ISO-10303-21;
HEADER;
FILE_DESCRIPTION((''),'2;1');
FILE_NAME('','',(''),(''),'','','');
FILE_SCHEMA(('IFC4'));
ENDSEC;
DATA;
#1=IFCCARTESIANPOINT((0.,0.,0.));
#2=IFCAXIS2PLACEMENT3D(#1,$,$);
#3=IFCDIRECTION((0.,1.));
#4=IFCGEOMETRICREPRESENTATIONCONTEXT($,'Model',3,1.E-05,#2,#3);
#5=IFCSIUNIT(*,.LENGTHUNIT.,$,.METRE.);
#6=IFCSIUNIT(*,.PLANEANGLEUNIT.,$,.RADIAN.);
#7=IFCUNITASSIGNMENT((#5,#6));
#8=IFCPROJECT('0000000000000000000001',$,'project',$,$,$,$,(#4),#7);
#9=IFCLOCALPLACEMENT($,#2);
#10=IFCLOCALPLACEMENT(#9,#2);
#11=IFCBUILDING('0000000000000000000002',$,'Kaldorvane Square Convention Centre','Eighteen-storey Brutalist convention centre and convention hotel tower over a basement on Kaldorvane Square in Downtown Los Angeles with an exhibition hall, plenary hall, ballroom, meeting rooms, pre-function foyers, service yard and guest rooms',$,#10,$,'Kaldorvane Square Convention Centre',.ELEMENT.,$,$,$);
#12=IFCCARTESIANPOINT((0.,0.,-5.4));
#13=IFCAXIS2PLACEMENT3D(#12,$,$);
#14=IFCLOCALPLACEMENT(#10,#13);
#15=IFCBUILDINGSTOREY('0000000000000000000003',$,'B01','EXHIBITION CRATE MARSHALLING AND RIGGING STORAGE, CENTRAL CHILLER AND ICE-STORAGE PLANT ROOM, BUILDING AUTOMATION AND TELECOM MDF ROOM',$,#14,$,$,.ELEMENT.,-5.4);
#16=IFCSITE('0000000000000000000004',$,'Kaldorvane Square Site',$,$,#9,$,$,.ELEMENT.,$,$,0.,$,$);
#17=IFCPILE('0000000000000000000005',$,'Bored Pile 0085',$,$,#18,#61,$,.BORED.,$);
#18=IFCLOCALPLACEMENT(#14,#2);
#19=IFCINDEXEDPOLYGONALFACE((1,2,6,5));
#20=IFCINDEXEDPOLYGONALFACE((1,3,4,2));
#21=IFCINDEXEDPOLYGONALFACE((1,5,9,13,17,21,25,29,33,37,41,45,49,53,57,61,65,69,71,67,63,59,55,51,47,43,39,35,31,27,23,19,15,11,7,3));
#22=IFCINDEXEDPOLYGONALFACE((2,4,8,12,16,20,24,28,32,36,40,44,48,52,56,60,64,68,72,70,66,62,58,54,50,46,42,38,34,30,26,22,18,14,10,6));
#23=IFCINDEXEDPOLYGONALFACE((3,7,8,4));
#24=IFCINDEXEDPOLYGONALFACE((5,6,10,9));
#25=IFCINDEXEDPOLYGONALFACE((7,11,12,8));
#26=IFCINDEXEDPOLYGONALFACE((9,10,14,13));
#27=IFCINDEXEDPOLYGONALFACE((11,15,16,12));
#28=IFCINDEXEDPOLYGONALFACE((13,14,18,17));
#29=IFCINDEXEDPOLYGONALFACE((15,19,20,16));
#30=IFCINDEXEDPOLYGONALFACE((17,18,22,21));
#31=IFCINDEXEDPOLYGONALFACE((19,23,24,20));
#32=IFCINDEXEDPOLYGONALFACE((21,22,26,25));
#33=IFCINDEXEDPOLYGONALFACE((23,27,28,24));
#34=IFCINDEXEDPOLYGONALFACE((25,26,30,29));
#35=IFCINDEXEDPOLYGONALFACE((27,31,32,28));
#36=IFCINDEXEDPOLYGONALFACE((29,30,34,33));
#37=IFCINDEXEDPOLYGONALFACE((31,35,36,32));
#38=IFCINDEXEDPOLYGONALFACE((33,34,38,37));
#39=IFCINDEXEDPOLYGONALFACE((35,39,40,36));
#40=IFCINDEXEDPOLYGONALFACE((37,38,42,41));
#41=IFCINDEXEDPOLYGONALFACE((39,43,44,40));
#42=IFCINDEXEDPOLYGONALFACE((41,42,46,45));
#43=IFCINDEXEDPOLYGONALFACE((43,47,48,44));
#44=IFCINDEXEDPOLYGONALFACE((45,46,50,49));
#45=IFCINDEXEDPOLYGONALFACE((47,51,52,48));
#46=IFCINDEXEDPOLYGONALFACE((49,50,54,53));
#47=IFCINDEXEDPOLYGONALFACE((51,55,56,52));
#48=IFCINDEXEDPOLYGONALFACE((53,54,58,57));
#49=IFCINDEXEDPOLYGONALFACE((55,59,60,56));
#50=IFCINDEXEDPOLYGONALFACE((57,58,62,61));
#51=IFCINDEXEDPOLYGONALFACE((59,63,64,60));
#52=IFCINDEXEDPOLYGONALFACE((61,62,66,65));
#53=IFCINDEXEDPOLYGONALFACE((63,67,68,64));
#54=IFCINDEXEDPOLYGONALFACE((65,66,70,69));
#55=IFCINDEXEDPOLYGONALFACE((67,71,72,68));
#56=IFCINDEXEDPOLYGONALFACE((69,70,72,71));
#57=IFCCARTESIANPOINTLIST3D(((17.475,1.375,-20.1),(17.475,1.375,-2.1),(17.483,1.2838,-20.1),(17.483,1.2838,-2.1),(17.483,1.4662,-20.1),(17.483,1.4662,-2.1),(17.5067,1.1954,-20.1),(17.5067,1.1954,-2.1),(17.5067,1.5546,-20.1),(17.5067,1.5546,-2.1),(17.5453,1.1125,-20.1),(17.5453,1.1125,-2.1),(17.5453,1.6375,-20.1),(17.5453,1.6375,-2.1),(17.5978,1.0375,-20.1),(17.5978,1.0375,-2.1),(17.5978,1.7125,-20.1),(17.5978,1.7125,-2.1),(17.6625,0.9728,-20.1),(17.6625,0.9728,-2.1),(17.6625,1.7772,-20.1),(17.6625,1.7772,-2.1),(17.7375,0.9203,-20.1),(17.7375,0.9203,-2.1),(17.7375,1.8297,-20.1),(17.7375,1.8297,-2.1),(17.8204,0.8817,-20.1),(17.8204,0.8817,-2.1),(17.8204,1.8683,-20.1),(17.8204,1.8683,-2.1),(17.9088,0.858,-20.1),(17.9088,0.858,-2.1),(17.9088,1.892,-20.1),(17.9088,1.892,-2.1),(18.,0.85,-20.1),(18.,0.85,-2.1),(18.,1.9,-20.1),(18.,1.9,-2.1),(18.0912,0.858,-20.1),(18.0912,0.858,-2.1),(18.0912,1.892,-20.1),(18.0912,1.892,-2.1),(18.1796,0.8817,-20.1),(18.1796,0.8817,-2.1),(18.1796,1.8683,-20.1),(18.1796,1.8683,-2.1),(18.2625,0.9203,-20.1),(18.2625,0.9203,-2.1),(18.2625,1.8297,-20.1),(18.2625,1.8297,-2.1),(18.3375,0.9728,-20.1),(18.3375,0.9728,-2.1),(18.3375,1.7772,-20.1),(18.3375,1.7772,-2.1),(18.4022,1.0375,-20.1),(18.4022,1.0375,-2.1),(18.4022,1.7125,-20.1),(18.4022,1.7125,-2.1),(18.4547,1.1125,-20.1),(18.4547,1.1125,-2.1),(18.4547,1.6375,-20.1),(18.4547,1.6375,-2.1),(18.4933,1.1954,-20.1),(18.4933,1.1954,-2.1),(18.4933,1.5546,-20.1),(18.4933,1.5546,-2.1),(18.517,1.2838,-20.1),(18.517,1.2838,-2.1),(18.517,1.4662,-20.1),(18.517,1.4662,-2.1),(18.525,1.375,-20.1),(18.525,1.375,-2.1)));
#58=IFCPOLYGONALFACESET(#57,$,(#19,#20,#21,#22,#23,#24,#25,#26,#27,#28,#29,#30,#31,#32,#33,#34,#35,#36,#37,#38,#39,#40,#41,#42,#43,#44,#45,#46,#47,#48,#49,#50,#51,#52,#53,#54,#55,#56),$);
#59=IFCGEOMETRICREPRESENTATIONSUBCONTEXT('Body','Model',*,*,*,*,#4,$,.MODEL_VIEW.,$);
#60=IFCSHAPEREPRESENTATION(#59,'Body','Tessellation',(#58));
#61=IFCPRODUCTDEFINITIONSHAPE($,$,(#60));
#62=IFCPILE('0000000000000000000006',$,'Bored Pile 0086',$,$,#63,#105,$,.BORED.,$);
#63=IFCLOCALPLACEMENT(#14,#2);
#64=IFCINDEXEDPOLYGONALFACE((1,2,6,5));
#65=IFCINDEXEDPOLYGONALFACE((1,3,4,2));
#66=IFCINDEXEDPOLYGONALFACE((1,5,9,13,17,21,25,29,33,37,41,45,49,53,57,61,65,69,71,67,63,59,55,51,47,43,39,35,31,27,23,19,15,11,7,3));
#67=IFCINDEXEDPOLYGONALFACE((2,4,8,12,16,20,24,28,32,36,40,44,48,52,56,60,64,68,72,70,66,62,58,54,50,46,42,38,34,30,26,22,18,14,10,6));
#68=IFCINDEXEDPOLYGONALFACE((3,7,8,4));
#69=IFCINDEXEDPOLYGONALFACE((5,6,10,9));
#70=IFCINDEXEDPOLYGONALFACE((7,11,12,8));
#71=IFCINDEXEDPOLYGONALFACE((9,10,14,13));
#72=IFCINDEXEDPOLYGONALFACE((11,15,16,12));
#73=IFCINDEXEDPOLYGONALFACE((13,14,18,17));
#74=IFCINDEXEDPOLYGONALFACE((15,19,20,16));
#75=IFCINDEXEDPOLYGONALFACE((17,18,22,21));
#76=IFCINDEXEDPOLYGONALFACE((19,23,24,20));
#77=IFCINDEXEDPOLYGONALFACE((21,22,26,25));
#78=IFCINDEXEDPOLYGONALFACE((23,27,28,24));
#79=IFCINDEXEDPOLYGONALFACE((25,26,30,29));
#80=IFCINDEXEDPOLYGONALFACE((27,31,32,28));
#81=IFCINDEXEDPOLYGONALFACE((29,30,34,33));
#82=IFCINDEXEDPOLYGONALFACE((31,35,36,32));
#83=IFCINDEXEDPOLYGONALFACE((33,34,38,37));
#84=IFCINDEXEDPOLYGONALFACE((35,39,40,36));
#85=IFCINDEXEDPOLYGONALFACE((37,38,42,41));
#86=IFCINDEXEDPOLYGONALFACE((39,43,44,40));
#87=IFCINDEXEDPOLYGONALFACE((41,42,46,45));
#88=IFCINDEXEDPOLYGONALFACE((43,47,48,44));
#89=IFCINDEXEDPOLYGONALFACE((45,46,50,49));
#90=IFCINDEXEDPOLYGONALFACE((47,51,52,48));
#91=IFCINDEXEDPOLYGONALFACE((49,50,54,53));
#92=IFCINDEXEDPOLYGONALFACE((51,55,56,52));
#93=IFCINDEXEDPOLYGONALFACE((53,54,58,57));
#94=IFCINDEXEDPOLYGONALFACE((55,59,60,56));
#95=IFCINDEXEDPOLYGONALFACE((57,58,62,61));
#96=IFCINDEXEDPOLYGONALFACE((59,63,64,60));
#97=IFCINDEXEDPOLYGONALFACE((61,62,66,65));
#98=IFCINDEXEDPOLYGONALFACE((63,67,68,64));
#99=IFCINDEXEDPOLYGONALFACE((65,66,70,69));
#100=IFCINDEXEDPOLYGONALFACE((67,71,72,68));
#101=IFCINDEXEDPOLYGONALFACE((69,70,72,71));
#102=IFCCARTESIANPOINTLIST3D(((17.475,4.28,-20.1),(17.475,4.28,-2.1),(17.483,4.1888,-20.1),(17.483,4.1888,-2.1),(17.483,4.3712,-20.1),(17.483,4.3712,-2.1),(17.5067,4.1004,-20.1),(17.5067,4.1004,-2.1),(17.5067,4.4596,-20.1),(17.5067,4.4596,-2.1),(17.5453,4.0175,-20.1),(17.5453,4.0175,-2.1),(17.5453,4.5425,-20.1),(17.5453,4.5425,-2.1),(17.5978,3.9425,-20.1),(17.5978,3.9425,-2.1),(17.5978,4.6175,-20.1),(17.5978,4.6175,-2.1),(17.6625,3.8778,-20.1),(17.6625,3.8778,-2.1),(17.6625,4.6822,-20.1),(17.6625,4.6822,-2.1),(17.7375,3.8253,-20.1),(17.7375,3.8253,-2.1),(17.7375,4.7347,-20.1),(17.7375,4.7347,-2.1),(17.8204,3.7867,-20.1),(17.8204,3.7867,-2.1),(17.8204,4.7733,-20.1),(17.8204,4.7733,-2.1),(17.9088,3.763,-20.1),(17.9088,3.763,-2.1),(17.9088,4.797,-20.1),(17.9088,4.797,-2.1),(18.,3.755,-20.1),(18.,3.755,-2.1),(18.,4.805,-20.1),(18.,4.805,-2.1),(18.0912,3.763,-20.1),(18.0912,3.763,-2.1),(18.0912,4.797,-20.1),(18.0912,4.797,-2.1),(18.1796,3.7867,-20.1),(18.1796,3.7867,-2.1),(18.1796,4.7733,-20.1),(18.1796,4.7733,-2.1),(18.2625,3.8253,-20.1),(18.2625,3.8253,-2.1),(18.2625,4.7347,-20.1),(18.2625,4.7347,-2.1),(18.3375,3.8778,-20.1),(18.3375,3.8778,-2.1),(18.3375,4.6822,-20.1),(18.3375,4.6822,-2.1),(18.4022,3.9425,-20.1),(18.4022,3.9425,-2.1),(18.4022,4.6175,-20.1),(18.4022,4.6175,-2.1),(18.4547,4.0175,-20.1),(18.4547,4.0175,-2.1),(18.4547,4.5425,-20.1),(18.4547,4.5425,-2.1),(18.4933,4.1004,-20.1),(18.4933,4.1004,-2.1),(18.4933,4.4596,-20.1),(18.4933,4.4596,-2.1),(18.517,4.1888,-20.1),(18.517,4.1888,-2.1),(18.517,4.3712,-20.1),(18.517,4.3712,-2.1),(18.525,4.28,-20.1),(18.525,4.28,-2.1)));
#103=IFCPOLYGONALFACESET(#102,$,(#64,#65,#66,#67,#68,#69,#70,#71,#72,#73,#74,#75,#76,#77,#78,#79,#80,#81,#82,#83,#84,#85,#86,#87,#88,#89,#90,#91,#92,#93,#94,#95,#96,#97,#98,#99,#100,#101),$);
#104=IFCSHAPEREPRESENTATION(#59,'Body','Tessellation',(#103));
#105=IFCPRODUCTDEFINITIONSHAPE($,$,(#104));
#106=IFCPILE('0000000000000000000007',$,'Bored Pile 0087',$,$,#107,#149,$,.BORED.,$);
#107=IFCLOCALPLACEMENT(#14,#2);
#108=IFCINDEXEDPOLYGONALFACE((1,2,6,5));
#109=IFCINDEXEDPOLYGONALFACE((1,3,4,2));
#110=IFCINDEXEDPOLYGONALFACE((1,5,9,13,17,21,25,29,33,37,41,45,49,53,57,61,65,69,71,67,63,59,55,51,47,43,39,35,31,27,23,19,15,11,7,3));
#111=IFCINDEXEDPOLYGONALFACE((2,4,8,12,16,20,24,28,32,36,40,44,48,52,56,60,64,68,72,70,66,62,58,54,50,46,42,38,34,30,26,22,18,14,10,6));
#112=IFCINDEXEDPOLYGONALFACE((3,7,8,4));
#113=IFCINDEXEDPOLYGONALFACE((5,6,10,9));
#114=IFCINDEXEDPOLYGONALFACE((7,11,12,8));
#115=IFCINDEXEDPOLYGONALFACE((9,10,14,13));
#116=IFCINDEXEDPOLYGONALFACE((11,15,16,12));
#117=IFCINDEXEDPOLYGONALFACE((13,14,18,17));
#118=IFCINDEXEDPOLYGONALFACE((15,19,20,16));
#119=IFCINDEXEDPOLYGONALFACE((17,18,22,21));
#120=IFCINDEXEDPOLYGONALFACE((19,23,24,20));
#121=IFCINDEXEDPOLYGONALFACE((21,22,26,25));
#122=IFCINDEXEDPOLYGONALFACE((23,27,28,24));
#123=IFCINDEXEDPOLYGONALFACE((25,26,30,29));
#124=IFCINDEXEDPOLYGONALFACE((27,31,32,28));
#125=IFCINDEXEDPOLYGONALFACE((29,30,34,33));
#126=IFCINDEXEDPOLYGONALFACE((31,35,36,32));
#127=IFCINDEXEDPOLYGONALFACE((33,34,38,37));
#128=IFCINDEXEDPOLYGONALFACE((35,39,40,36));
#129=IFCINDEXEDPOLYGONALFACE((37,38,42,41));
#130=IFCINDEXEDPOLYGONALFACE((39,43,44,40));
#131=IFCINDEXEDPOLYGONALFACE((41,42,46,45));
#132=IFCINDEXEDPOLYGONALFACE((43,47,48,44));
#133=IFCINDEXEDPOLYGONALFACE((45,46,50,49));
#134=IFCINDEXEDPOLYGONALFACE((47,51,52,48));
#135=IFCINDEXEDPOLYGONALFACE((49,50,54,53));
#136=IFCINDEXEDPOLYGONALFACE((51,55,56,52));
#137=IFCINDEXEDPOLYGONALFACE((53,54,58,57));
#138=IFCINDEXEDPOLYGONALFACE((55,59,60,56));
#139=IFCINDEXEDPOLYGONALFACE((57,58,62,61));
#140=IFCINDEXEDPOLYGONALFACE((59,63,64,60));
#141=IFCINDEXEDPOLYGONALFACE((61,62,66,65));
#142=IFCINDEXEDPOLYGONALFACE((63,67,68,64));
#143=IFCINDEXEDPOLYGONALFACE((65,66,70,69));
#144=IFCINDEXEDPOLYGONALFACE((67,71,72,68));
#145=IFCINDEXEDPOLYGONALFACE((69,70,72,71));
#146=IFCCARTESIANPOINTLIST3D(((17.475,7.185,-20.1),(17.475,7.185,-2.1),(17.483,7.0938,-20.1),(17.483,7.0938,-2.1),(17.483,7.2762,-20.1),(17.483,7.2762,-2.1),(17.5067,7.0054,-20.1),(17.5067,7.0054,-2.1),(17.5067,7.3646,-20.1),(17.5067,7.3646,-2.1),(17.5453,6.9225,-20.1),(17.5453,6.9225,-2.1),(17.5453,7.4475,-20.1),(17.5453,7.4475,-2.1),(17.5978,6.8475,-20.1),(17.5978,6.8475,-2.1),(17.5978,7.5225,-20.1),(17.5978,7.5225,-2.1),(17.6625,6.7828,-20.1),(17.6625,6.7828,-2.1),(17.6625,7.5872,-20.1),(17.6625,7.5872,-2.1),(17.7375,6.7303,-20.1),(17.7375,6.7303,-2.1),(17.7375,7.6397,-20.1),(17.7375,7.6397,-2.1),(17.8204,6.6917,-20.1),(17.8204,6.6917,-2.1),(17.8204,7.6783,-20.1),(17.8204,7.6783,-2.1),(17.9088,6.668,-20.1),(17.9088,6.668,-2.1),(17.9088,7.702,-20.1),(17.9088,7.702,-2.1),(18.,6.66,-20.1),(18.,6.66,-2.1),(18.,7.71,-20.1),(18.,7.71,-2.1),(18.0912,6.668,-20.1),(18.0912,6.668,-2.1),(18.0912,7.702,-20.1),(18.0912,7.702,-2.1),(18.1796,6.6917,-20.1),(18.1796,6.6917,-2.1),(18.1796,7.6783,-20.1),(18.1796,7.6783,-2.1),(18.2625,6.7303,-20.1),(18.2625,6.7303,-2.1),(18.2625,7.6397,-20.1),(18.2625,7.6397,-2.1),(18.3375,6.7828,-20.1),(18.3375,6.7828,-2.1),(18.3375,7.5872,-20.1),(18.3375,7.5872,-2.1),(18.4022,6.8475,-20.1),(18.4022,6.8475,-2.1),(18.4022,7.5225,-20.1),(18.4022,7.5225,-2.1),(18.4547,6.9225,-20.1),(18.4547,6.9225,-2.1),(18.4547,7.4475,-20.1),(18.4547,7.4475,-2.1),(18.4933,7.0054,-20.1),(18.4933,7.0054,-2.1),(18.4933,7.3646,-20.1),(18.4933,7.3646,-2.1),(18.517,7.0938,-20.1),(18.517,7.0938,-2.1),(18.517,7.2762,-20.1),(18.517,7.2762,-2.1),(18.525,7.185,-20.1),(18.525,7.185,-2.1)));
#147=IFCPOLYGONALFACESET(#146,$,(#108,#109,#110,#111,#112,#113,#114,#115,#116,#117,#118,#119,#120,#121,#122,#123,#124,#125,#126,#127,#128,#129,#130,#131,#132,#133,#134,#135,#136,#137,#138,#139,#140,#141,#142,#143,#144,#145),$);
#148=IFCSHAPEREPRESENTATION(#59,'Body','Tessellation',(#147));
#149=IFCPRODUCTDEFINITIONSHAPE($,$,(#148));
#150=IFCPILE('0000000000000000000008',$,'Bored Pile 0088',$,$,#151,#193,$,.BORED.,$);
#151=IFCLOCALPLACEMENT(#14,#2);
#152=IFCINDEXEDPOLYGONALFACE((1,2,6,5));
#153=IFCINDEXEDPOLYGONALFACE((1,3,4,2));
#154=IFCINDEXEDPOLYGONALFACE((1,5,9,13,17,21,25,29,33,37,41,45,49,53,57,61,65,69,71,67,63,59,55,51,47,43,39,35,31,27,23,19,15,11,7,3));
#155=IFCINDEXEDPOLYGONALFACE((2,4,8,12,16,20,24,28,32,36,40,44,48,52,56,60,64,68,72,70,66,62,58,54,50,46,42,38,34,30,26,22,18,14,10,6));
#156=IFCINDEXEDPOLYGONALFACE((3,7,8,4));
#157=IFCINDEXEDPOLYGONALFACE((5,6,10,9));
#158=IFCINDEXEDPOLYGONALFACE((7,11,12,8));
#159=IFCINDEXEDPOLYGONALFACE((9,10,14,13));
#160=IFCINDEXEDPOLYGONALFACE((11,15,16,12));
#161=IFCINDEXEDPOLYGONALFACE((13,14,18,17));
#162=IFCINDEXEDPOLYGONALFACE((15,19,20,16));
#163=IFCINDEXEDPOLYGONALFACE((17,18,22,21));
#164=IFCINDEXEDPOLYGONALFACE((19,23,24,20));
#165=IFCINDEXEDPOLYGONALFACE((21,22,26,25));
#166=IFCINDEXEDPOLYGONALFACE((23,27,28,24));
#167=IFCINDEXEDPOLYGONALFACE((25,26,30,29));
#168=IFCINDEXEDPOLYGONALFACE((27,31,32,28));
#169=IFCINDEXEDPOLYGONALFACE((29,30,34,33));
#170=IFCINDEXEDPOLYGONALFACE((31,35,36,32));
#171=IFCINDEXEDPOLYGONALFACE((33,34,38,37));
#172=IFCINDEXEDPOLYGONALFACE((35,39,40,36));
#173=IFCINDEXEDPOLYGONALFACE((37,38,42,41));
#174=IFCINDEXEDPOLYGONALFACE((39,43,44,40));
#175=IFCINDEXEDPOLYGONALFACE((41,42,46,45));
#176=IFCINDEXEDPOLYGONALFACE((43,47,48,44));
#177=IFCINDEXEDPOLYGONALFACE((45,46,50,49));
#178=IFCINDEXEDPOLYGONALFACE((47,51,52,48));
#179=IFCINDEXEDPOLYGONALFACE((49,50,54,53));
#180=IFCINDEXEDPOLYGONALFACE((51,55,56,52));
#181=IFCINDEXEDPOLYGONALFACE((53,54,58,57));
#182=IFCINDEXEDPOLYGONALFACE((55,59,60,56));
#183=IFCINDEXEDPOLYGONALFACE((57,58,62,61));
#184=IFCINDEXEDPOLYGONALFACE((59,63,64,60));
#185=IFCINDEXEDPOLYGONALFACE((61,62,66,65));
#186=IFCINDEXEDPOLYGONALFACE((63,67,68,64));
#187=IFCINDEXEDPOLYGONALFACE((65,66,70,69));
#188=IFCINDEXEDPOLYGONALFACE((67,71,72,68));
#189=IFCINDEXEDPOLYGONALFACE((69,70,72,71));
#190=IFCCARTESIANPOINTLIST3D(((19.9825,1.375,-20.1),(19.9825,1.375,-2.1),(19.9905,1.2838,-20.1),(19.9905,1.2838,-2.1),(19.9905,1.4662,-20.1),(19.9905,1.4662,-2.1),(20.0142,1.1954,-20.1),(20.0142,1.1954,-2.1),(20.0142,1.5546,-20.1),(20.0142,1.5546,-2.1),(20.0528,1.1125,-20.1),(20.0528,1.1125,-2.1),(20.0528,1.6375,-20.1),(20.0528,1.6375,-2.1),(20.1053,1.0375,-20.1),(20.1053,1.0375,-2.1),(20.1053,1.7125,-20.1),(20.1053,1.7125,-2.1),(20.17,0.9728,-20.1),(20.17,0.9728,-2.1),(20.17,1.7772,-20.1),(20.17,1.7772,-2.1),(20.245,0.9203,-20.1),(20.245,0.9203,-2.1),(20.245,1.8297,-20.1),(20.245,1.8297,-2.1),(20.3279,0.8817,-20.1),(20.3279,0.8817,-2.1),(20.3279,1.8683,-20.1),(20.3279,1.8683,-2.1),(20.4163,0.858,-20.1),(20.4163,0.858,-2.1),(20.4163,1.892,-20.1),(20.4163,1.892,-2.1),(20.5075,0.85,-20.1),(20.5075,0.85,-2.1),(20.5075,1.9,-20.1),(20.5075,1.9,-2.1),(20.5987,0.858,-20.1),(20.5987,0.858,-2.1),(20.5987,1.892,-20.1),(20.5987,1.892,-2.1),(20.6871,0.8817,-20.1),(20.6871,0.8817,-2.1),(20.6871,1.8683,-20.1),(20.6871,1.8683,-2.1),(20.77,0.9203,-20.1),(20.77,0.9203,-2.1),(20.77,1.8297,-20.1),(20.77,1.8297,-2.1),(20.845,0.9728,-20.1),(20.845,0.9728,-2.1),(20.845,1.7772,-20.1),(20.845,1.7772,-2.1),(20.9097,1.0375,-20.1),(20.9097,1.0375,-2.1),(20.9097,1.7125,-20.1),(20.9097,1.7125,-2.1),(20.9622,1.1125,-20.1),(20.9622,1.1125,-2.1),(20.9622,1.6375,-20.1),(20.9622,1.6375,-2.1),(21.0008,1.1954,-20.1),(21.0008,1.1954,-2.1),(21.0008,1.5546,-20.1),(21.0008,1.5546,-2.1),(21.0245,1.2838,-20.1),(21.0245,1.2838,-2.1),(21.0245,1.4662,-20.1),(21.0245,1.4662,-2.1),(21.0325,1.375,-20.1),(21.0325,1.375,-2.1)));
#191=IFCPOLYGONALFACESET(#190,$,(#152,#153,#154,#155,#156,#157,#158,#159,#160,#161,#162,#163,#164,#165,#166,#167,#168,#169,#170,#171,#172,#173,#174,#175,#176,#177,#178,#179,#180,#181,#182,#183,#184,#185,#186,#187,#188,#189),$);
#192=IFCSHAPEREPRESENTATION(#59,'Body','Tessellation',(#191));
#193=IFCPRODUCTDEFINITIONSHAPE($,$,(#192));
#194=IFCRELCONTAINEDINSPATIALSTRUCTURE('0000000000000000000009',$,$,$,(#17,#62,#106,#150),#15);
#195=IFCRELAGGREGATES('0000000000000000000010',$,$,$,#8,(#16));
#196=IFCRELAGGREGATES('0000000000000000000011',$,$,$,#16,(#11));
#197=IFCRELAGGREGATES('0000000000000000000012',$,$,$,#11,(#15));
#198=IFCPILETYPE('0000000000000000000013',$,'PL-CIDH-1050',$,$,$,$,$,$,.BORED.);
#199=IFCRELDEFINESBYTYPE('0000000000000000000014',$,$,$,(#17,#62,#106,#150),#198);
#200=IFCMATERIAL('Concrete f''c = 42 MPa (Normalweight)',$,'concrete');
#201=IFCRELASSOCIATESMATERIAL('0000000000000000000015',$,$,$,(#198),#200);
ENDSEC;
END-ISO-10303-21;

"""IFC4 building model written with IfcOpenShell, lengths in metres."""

from ifc_helpers import new_model, si_unit, direction, frame, origin, origin_2d, place, context, subcontext, project, spatial, circle, extrude, material, material_profile, profile_set, type_object, element, save


model = new_model("IFC4")

# Units and contexts
model_context = context("Model", 3, precision=1e-05, world=origin(), true_north=direction((0.0, 1.0)))
body_context = subcontext(model_context, "Body", "Model", "MODEL_VIEW")
ifc_project = project(units=[si_unit("LENGTHUNIT", "METRE"), si_unit("PLANEANGLEUNIT", "RADIAN")], contexts=[model_context])

# Site, building, storey
site_placement = place(None, origin())
site = spatial("IfcSite", under=ifc_project, at=site_placement, Name="Kaldorvane Square Site", CompositionType="ELEMENT", RefElevation=0.0)
building_placement = place(site_placement, origin())
building = spatial("IfcBuilding", under=site, at=building_placement, Name="Kaldorvane Square Convention Centre", Description="Eighteen-storey Brutalist convention centre and convention hotel tower over a basement on Kaldorvane Square in Downtown Los Angeles with an exhibition hall, plenary hall, ballroom, meeting rooms, pre-function foyers, service yard and guest rooms", LongName="Kaldorvane Square Convention Centre", CompositionType="ELEMENT")
storey_placement = place(building_placement, frame((0.0, 0.0, -5.4)))
storey = spatial("IfcBuildingStorey", under=building, at=storey_placement, Name="B01", Description="EXHIBITION CRATE MARSHALLING AND RIGGING STORAGE, CENTRAL CHILLER AND ICE-STORAGE PLANT ROOM, BUILDING AUTOMATION AND TELECOM MDF ROOM", CompositionType="ELEMENT", Elevation=-5.4)

# Shared definitions
ifc_material_1 = material(Name="Concrete f'c = 42 MPa (Normalweight)", Category="concrete")

# Piles
ifc_material_profile_1 = material_profile(ifc_material_1, circle(Radius=0.525, at=origin_2d()), Name="PILE-D1050")
ifc_profile_set_1 = profile_set([ifc_material_profile_1], Name="Concrete f'c = 42 MPa (Normalweight)")
pile_type = type_object("IfcPileType", Name="PL-CIDH-1050", PredefinedType="BORED", material=ifc_profile_set_1)
for number, where, z_axis, x_axis, name in (
    (1, (18.0, 1.375, -2.1), (0.0, 0.0, -1.0), (1.0, 0.0, 0.0), "Bored Pile 0085"),
    (2, (18.0, 4.28, -2.1), (0.0, 0.0, -1.0), (1.0, 0.0, 0.0), "Bored Pile 0086"),
    (3, (18.0, 7.185, -2.1), (0.0, 0.0, -1.0), (1.0, 0.0, 0.0), "Bored Pile 0087"),
    (4, (20.5075, 1.375, -2.1), (0.0, 0.0, -1.0), (1.0, 0.0, 0.0), "Bored Pile 0088"),
):
    element("IfcPile", number, at=place(storey_placement, frame(where, z_axis=z_axis, x_axis=x_axis)), inside=storey, type_object=pile_type, Name=name, PredefinedType="BORED", context=body_context, shape_type="SweptSolid", body=[
        extrude(circle(Radius=0.525, at=origin_2d()), origin(), (0.0, 0.0, 1.0), 18.0),
    ])

save(model, "model.ifc")
